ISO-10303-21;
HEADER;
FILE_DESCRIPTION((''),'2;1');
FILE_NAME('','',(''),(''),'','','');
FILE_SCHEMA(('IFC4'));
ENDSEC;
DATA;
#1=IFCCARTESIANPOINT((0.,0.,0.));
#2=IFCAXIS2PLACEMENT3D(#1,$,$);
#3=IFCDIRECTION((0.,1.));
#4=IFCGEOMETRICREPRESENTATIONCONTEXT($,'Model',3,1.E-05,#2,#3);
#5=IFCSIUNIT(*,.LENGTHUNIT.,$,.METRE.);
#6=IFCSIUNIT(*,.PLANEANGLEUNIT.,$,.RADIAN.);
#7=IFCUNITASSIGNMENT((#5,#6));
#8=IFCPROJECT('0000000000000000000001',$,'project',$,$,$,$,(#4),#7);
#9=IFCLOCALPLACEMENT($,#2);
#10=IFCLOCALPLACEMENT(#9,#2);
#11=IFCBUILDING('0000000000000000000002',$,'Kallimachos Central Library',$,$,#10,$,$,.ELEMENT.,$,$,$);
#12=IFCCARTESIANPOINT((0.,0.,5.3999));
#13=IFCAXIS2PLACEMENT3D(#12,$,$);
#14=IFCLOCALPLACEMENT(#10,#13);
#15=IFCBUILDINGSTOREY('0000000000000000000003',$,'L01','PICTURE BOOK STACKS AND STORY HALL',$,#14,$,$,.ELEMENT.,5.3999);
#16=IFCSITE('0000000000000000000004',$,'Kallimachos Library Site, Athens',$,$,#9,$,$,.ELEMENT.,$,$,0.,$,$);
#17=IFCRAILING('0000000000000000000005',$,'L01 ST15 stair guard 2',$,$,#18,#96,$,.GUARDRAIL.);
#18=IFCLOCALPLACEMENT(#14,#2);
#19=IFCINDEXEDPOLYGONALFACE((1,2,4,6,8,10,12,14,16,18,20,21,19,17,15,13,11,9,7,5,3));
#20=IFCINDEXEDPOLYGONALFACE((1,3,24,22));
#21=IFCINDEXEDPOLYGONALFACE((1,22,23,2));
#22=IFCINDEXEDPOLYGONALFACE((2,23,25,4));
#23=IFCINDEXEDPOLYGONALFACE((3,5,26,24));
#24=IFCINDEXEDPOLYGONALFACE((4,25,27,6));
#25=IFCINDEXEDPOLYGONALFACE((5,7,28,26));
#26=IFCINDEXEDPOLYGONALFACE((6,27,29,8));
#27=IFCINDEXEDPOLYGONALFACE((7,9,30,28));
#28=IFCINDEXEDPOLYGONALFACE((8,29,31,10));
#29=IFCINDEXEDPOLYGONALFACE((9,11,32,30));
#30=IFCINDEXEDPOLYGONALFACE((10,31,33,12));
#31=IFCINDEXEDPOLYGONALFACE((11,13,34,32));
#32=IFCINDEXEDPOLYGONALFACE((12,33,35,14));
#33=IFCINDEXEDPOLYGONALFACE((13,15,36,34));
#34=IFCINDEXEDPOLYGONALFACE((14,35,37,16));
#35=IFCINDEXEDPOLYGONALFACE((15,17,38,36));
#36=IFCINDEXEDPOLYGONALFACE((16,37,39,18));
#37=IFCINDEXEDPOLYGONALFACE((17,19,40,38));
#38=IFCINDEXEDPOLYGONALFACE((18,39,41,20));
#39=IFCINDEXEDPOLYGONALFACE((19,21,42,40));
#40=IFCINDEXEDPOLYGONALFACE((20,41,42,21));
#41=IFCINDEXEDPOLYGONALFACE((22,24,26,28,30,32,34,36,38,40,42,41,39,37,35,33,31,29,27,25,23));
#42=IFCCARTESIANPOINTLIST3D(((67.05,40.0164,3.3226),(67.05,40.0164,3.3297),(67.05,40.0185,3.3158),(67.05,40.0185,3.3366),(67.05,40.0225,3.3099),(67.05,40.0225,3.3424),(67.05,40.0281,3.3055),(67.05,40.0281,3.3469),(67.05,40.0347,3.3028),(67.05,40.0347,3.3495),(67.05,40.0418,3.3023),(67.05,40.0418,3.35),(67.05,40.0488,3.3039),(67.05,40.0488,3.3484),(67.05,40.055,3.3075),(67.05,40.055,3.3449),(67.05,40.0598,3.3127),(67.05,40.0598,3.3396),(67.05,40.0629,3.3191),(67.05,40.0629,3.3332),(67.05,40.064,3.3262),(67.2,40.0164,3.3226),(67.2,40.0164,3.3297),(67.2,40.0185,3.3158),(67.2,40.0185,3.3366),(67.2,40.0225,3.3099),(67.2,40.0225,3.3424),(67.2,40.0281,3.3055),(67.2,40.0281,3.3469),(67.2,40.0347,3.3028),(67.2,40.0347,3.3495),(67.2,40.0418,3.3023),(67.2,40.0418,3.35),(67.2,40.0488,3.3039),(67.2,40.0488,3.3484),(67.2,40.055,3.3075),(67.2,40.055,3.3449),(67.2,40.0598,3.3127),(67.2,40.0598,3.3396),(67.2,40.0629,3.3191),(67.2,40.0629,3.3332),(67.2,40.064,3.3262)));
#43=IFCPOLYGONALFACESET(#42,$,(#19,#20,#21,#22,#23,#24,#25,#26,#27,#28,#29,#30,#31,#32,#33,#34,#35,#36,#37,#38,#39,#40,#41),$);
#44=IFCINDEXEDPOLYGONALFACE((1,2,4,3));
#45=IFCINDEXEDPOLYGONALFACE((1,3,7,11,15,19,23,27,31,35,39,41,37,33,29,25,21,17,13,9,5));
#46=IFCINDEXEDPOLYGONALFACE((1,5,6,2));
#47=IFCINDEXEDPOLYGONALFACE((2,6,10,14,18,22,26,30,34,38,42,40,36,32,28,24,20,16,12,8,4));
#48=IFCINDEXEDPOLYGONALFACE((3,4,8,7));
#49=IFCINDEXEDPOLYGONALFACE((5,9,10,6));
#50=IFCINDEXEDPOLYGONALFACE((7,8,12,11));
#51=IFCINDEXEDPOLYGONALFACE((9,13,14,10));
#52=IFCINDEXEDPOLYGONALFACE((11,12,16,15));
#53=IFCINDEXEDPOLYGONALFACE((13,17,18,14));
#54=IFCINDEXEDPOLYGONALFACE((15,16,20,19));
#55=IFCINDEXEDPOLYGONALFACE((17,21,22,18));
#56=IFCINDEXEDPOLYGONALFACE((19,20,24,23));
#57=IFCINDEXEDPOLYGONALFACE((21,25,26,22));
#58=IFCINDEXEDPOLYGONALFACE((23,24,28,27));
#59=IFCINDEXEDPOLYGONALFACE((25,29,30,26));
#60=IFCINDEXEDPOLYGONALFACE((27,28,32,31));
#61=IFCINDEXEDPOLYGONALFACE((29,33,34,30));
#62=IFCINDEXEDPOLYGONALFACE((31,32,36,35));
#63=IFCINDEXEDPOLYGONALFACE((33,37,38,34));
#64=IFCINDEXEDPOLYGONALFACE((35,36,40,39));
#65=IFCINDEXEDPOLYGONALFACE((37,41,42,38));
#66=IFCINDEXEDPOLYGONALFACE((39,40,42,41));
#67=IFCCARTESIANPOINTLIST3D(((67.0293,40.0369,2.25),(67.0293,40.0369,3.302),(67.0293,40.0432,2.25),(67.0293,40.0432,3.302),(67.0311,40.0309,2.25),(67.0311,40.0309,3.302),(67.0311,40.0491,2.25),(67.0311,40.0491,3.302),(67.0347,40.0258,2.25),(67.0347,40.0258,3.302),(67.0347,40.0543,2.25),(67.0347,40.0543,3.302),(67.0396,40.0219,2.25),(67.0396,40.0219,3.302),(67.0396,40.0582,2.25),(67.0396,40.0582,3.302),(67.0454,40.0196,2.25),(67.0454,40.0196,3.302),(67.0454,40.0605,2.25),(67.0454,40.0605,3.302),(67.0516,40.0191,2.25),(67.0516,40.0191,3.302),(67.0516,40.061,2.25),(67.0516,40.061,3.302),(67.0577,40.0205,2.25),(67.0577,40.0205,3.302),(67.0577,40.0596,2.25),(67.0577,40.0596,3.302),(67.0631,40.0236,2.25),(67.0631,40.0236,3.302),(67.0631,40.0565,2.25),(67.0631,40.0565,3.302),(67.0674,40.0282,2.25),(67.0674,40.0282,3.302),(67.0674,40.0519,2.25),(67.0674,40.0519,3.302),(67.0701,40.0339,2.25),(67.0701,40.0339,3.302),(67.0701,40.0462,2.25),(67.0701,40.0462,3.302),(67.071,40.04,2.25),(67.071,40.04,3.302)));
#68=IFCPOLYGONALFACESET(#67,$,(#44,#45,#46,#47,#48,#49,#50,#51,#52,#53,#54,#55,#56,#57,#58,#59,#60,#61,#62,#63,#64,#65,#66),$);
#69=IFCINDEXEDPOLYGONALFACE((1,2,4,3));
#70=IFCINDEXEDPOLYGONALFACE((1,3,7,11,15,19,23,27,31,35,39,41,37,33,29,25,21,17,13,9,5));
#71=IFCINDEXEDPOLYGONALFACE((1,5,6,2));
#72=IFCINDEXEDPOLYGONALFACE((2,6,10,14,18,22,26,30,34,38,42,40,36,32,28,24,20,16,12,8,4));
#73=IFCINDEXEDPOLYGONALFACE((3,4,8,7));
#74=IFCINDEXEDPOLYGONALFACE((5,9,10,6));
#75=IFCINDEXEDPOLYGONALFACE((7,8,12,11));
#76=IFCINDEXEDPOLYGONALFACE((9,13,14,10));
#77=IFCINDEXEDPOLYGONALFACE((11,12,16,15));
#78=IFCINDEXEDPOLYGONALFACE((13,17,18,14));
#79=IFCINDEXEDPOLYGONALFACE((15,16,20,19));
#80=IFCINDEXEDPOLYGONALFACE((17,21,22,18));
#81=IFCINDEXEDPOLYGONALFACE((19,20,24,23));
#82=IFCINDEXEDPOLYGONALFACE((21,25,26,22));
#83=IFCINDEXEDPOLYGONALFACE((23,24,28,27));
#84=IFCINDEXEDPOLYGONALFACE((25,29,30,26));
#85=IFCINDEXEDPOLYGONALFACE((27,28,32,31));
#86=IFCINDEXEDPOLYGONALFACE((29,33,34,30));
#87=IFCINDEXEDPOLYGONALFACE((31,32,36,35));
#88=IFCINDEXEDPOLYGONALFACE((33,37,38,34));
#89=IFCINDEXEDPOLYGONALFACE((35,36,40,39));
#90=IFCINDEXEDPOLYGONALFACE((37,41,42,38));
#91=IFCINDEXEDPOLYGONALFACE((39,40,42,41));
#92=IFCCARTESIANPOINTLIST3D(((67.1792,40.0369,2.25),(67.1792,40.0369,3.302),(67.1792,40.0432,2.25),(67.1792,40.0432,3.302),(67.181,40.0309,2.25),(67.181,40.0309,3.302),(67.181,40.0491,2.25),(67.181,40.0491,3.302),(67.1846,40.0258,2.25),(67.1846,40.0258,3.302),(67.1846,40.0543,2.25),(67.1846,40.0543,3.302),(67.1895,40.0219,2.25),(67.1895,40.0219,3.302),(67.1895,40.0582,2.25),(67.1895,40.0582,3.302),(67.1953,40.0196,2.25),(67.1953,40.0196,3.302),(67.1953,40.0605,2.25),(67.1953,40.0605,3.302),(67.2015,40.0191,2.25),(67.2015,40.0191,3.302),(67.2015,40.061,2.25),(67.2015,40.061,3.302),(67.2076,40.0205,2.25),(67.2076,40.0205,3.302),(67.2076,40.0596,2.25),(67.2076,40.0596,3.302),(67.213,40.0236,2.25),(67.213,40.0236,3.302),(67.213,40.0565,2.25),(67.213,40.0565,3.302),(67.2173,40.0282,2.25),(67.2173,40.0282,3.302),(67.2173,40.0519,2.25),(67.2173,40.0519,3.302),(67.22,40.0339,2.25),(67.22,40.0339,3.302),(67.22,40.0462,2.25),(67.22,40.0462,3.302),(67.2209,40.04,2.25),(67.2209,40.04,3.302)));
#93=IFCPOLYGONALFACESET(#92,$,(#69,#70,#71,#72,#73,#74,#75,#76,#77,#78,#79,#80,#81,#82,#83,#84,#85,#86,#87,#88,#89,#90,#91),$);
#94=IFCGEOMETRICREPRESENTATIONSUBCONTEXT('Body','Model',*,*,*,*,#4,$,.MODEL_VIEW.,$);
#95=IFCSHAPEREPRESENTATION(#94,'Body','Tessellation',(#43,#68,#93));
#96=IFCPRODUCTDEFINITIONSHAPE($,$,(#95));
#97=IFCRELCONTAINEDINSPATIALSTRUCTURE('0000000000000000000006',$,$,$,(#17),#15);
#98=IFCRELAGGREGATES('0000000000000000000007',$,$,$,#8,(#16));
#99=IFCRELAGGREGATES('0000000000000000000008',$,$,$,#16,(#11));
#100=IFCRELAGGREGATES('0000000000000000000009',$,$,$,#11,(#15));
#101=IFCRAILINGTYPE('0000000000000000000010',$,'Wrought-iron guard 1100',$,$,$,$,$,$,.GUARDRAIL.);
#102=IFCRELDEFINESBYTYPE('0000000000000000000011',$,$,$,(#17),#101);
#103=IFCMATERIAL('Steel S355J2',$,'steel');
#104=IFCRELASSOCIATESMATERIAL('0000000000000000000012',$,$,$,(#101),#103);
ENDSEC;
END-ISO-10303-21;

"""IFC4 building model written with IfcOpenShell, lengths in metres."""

from ifc_helpers import new_model, si_unit, direction, frame, origin, origin_2d, place, context, subcontext, project, spatial, circle, extrude, material, type_object, element, save


model = new_model("IFC4")

# Units and contexts
model_context = context("Model", 3, precision=1e-05, world=origin(), true_north=direction((0.0, 1.0)))
body_context = subcontext(model_context, "Body", "Model", "MODEL_VIEW")
ifc_project = project(units=[si_unit("LENGTHUNIT", "METRE"), si_unit("PLANEANGLEUNIT", "RADIAN")], contexts=[model_context])

# Site, building, storey
site_placement = place(None, origin())
site = spatial("IfcSite", under=ifc_project, at=site_placement, Name="Kallimachos Library Site, Athens", CompositionType="ELEMENT", RefElevation=0.0)
building_placement = place(site_placement, origin())
building = spatial("IfcBuilding", under=site, at=building_placement, Name="Kallimachos Central Library", CompositionType="ELEMENT")
storey_placement = place(building_placement, frame((0.0, 0.0, 5.3999)))
storey = spatial("IfcBuildingStorey", under=building, at=storey_placement, Name="L01", Description="PICTURE BOOK STACKS AND STORY HALL", CompositionType="ELEMENT", Elevation=5.3999)

# Railing
ifc_material_1 = material(Name="Steel S355J2", Category="steel")
railing_type_1 = type_object("IfcRailingType", Name="Wrought-iron guard 1100", PredefinedType="GUARDRAIL", material=ifc_material_1)
railing_1_placement = place(storey_placement, frame((67.05, 40.04, 2.25)))
element("IfcRailing", 1, at=railing_1_placement, inside=storey, type_object=railing_type_1, Name="L01 ST15 stair guard 2", PredefinedType="GUARDRAIL", context=body_context, shape_type="SweptSolid", body=[
    extrude(circle(Radius=0.0239, at=origin_2d()), frame((0.0, 0.0, 1.0762), z_axis=(1.0, 0.0, 0.0), x_axis=(0.0, 1.0, 0.0)), (0.0, 0.0, 1.0), 0.1499),
    extrude(circle(Radius=0.021, at=origin_2d()), origin(), (0.0, 0.0, 1.0), 1.052),
    extrude(circle(Radius=0.021, at=origin_2d()), frame((0.1499, 0.0, 0.0)), (0.0, 0.0, 1.0), 1.052),
])

save(model, "model.ifc")
